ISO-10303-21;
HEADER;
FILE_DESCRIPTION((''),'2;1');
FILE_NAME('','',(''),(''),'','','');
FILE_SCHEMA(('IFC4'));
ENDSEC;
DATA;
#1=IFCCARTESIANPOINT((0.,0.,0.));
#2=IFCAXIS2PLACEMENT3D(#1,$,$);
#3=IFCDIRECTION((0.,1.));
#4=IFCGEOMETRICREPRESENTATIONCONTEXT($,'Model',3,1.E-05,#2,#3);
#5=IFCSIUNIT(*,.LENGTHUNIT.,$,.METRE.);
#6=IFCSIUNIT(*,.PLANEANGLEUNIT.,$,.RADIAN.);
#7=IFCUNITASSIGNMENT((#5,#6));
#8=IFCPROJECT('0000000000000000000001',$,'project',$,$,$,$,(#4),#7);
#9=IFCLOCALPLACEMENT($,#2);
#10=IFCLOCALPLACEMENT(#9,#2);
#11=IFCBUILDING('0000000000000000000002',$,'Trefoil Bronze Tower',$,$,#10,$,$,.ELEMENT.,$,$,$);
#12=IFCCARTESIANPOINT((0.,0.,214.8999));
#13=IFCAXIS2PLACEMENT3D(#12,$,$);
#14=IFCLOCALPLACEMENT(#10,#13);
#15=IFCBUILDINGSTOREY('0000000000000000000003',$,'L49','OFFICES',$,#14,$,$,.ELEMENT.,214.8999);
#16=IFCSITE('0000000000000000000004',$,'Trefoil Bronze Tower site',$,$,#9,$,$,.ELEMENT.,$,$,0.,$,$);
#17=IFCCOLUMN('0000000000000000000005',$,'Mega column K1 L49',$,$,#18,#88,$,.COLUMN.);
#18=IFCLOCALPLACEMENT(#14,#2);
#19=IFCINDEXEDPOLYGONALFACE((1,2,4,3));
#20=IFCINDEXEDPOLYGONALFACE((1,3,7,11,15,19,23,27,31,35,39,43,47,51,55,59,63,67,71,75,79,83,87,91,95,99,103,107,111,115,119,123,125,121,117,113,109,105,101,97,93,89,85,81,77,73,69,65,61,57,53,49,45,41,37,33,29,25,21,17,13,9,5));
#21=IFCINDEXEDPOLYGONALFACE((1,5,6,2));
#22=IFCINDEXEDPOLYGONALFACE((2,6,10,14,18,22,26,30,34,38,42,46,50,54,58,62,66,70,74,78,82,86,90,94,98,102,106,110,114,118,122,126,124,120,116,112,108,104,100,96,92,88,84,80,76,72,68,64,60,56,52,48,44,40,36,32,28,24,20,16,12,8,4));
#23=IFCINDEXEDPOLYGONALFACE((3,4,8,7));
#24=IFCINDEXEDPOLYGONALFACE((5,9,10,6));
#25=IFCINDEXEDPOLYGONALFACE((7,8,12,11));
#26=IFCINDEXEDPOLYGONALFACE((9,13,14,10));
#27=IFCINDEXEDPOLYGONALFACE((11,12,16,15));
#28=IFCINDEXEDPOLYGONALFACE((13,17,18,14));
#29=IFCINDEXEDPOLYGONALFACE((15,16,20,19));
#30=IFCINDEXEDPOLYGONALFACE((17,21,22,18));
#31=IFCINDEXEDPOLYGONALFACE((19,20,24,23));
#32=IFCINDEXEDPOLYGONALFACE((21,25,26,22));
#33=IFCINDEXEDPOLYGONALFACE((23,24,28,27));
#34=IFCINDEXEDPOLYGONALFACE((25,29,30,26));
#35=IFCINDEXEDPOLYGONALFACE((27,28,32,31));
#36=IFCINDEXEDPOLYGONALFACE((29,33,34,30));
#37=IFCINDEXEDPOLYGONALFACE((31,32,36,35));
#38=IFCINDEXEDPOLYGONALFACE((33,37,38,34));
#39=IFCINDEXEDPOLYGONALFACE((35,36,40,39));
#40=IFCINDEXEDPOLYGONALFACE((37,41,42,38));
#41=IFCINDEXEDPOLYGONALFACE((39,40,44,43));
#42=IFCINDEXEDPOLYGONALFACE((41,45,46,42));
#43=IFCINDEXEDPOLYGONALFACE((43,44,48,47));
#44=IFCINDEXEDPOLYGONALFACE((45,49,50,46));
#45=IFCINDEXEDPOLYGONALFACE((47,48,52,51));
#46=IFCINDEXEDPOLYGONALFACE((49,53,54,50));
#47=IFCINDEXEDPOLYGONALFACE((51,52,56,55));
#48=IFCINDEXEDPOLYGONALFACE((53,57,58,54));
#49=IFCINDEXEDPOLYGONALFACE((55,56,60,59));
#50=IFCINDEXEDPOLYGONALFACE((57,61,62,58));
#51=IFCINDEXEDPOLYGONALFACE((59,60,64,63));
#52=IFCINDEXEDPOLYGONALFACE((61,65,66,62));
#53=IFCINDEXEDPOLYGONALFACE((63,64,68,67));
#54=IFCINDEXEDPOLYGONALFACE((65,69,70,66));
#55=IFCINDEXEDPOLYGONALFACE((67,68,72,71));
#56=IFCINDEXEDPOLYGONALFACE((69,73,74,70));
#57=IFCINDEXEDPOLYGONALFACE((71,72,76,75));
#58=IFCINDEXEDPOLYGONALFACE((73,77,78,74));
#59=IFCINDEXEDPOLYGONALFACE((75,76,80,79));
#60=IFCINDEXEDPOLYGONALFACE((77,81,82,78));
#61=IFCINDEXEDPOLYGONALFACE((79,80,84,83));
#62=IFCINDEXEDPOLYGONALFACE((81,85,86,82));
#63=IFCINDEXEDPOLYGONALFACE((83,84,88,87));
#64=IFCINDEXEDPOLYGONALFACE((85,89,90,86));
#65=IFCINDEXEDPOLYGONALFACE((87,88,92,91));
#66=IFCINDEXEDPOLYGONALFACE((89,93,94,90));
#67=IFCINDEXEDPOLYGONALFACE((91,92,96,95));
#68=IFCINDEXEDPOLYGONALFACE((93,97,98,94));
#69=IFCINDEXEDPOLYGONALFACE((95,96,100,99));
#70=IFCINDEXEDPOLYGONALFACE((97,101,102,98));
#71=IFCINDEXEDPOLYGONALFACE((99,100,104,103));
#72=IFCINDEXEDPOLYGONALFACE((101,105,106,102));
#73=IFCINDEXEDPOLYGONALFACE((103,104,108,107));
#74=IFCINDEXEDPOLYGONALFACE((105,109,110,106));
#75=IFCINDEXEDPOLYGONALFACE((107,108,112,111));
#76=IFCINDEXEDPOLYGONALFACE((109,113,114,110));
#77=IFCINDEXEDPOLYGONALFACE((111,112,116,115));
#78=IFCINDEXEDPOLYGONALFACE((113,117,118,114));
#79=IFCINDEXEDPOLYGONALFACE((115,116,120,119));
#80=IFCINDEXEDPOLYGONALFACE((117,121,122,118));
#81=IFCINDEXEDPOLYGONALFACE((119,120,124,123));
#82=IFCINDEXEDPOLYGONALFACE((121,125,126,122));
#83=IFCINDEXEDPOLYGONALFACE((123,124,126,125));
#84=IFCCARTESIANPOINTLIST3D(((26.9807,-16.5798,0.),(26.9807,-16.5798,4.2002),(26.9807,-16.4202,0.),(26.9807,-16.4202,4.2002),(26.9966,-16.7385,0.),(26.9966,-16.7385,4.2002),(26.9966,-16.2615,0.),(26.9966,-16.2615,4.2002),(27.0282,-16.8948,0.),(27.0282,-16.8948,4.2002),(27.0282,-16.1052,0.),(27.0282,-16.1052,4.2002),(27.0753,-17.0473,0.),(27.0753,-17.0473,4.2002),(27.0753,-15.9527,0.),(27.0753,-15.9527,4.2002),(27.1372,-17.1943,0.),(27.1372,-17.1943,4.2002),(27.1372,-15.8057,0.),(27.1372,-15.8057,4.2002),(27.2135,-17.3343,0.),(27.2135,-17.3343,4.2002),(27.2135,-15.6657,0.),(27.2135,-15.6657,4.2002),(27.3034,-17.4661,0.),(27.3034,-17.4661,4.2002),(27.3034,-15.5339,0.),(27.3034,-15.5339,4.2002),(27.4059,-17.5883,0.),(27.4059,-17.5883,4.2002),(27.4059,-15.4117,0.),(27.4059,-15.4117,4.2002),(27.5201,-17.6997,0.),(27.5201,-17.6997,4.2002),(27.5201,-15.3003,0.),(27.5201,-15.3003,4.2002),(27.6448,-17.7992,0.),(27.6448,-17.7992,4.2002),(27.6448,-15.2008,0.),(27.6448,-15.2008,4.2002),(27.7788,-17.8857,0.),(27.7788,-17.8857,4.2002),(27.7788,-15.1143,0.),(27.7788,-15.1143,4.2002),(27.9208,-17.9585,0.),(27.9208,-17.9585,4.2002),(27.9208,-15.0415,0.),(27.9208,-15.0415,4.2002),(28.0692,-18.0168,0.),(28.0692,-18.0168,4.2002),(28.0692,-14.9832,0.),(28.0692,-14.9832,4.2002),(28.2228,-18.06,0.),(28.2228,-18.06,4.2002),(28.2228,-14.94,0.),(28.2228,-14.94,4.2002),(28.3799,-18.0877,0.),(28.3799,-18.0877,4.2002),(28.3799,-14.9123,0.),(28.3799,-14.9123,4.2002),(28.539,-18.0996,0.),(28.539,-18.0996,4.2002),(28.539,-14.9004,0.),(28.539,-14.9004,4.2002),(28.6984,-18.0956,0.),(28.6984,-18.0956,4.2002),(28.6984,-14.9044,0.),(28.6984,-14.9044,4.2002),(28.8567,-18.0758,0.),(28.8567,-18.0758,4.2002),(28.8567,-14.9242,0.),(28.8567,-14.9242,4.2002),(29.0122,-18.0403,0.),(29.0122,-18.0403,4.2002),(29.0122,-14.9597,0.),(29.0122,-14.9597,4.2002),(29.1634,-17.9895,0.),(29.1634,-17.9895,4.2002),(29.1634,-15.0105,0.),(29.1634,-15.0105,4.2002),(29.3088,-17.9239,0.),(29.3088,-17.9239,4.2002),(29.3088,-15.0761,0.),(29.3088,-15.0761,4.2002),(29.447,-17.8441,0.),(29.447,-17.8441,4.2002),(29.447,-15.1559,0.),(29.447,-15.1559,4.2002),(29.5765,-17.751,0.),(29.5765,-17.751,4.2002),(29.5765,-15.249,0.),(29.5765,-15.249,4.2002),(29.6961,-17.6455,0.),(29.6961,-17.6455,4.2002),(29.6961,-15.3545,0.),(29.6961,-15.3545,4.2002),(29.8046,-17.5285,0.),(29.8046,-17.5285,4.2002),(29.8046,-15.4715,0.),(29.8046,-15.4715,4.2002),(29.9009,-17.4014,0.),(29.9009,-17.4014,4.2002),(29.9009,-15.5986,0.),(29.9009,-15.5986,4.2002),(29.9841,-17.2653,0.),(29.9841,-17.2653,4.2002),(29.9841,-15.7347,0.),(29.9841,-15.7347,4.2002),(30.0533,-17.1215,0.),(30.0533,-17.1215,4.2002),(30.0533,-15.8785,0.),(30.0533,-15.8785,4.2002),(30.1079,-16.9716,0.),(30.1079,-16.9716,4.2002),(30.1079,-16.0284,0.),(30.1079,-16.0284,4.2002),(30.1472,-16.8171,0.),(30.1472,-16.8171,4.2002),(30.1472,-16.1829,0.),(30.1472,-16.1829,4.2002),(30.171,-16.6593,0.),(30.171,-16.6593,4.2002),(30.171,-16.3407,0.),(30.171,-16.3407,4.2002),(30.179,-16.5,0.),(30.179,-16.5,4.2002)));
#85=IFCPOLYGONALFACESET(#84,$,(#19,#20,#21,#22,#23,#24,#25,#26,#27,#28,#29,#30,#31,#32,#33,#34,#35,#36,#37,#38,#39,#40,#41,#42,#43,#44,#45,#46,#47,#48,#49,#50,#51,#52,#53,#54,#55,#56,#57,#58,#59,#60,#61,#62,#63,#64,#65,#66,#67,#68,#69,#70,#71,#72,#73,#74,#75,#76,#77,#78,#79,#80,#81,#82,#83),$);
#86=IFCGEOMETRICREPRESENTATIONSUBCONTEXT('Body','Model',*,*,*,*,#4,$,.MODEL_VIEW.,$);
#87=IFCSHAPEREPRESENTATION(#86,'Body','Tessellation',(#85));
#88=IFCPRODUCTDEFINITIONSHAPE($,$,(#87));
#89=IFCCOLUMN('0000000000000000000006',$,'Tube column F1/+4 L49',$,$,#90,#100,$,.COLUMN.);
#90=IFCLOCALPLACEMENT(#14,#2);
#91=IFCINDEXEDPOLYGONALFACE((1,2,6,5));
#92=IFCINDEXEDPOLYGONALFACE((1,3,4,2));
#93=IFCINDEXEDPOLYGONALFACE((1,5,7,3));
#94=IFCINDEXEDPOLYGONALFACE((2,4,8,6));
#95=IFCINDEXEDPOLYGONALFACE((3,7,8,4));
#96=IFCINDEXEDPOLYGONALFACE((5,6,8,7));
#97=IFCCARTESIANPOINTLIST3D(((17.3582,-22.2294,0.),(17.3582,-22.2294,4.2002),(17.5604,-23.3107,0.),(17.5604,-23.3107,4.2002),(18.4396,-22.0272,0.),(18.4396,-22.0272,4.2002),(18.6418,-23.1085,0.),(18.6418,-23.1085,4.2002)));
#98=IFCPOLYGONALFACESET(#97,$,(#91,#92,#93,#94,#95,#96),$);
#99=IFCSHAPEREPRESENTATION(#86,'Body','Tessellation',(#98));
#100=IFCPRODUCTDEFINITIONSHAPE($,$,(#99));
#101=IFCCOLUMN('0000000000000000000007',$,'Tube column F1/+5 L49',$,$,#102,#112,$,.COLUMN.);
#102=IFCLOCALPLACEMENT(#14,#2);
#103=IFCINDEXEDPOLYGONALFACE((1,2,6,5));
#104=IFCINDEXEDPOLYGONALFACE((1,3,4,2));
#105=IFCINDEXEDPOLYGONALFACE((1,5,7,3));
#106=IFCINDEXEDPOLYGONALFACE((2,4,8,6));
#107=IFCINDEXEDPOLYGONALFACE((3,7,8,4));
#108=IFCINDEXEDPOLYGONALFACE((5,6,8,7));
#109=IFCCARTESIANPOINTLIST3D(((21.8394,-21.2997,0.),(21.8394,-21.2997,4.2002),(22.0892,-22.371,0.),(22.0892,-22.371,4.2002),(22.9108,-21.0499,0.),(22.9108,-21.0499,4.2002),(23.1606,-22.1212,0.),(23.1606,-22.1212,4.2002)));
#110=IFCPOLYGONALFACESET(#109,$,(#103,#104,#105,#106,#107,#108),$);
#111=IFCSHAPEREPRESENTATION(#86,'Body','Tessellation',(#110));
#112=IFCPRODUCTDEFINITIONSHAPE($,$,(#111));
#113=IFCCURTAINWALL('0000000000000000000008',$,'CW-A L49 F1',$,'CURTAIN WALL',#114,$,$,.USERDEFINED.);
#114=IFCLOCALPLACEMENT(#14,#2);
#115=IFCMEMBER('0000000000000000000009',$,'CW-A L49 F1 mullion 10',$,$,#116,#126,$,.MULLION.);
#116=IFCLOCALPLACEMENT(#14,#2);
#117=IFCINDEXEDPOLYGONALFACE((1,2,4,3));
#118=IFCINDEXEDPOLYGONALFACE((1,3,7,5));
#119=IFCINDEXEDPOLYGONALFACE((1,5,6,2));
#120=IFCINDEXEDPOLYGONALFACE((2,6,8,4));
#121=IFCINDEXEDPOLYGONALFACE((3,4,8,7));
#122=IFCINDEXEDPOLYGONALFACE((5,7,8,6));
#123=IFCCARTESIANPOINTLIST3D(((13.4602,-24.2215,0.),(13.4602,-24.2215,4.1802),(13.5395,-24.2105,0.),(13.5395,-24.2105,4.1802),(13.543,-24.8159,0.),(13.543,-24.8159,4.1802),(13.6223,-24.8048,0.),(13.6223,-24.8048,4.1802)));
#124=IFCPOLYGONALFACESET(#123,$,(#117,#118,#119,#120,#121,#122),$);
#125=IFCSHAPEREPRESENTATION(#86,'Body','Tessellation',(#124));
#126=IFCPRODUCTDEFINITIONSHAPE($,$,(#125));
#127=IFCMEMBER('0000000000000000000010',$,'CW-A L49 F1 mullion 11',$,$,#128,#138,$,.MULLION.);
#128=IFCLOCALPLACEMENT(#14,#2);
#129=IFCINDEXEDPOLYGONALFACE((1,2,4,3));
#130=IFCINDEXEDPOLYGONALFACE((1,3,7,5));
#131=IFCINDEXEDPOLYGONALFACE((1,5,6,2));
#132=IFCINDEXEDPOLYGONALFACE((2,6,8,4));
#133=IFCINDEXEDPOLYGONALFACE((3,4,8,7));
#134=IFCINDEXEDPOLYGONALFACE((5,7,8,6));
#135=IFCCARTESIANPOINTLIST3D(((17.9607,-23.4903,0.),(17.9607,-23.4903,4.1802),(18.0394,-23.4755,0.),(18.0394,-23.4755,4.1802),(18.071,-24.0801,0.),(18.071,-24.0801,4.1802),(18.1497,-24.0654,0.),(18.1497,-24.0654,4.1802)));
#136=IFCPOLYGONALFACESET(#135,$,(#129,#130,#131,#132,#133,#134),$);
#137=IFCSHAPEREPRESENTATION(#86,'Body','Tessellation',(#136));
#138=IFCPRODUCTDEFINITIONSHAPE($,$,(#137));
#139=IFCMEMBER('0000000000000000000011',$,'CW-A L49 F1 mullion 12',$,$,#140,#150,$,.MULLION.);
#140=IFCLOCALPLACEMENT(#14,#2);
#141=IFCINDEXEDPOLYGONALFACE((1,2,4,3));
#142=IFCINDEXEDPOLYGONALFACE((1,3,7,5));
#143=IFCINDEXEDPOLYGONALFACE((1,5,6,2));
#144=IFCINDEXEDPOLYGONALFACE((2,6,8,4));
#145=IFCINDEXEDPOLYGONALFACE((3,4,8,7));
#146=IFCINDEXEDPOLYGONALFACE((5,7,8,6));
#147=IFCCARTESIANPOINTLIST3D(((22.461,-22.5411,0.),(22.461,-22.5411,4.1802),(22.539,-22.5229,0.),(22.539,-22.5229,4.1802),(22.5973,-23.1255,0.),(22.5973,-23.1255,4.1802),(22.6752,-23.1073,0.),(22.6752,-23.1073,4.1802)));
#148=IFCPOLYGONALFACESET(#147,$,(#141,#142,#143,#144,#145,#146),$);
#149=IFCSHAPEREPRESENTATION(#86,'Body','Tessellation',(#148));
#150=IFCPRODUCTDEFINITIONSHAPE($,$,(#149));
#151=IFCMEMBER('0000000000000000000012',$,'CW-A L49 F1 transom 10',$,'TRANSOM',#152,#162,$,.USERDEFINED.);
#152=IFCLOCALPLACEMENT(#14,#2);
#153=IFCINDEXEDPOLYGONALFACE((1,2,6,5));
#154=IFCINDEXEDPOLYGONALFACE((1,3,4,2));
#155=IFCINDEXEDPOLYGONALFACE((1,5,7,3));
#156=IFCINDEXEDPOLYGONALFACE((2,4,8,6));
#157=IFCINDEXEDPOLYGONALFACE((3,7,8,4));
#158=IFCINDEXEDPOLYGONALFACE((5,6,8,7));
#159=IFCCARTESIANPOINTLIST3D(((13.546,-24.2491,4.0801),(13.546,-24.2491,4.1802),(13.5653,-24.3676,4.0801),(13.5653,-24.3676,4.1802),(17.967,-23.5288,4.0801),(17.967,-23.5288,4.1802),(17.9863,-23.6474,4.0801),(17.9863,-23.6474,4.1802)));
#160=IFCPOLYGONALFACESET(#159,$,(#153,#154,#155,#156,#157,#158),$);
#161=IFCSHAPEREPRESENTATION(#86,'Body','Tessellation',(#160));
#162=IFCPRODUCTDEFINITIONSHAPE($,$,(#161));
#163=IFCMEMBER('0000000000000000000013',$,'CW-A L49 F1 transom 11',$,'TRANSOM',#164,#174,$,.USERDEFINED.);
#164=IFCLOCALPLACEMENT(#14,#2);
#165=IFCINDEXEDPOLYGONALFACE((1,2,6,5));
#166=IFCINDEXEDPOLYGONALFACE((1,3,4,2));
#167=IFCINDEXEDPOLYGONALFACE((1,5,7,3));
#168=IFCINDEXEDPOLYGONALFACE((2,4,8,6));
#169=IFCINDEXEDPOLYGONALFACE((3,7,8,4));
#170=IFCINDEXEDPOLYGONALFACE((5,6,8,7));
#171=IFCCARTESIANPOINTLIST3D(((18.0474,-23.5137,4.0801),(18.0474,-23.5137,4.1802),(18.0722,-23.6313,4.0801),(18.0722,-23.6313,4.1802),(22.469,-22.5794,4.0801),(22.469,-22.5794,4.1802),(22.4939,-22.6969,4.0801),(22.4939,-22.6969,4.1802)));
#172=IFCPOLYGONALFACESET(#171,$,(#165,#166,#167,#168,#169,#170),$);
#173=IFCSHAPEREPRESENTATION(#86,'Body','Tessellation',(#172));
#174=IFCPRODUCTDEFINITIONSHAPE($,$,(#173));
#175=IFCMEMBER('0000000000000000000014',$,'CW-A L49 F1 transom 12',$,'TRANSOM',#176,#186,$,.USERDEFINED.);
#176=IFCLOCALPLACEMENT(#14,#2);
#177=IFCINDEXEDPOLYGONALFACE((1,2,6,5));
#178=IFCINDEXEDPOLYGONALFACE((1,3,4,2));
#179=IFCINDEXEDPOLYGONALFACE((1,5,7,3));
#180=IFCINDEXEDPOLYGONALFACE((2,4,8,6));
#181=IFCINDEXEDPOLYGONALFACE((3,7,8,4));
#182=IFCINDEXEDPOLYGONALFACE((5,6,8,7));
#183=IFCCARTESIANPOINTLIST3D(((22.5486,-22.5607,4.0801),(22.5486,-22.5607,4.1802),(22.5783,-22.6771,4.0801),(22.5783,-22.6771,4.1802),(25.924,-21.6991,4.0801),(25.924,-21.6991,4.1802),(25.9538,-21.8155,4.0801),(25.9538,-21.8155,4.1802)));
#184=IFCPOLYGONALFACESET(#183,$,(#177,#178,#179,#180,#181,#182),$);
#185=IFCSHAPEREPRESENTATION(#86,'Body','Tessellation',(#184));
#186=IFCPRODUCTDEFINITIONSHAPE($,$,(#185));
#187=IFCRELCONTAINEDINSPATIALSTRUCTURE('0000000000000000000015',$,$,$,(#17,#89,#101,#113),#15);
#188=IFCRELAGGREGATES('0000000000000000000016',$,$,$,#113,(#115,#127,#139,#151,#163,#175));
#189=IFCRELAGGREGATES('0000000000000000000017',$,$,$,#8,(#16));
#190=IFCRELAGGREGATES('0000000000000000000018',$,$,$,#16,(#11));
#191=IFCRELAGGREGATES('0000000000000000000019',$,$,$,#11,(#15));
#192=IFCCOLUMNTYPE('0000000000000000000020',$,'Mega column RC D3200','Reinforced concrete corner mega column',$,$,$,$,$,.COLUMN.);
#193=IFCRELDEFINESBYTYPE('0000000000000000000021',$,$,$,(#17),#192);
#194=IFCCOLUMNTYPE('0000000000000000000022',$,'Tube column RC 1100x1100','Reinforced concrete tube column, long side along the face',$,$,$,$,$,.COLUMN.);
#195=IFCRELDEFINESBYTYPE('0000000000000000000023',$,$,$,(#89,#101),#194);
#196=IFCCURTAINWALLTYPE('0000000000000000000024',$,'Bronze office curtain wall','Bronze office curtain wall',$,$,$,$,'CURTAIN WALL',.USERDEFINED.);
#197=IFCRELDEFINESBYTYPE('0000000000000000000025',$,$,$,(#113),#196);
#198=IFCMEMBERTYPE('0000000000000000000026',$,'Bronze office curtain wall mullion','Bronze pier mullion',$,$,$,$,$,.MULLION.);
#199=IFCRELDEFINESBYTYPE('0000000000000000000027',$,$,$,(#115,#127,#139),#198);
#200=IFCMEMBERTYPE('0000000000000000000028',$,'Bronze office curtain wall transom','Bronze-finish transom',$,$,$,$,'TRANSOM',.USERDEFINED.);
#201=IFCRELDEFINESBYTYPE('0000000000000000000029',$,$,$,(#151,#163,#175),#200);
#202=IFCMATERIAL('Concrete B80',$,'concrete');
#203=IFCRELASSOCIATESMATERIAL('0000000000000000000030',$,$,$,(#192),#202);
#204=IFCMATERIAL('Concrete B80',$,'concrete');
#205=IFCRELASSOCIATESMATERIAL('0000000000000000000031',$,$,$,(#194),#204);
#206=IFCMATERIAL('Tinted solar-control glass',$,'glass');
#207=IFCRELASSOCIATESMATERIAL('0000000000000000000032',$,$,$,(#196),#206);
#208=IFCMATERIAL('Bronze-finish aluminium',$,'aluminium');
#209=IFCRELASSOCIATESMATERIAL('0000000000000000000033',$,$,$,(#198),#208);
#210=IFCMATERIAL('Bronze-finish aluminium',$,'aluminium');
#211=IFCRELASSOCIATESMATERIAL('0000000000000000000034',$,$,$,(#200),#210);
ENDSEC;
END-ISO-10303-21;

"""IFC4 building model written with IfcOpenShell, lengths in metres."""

from ifc_helpers import new_model, si_unit, direction, frame, origin, origin_2d, place, context, subcontext, project, spatial, rectangle, circle, extrude, material, material_profile, profile_set, type_object, element, aggregate, save


model = new_model("IFC4")

# Units and contexts
model_context = context("Model", 3, precision=1e-05, world=origin(), true_north=direction((0.0, 1.0)))
body_context = subcontext(model_context, "Body", "Model", "MODEL_VIEW")
ifc_project = project(units=[si_unit("LENGTHUNIT", "METRE"), si_unit("PLANEANGLEUNIT", "RADIAN")], contexts=[model_context])

# Site, building, storey
site_placement = place(None, origin())
site = spatial("IfcSite", under=ifc_project, at=site_placement, Name="Trefoil Bronze Tower site", CompositionType="ELEMENT", RefElevation=0.0)
building_placement = place(site_placement, origin())
building = spatial("IfcBuilding", under=site, at=building_placement, Name="Trefoil Bronze Tower", CompositionType="ELEMENT")
storey_placement = place(building_placement, frame((0.0, 0.0, 214.8999)))
storey = spatial("IfcBuildingStorey", under=building, at=storey_placement, Name="L49", Description="OFFICES", CompositionType="ELEMENT", Elevation=214.8999)

# Columns
ifc_material_1 = material(Name="Concrete B80", Category="concrete")
ifc_material_profile_1 = material_profile(ifc_material_1, circle(Radius=1.6001, at=origin_2d()), Name="RC D3200")
ifc_profile_set_1 = profile_set([ifc_material_profile_1], Name="Concrete B80")
column_type_1 = type_object("IfcColumnType", Name="Mega column RC D3200", Description="Reinforced concrete corner mega column", PredefinedType="COLUMN", material=ifc_profile_set_1)
column_placement = place(storey_placement, frame((28.5789, -16.5, 0.0), z_axis=(0.0, 0.0, 1.0), x_axis=(1.0, 0.0, 0.0)))
element("IfcColumn", 1, at=column_placement, inside=storey, type_object=column_type_1, Name="Mega column K1 L49", PredefinedType="COLUMN", context=body_context, shape_type="SweptSolid", body=[
    extrude(circle(Radius=1.6001, at=origin_2d()), origin(), (0.0, 0.0, 1.0), 4.2002),
])
ifc_material_2 = material(Name="Concrete B80", Category="concrete")
ifc_material_profile_2 = material_profile(ifc_material_2, rectangle(XDim=1.1001, YDim=1.1001, at=origin_2d()), Name="RC 1100x1100")
ifc_profile_set_2 = profile_set([ifc_material_profile_2], Name="Concrete B80")
column_type_2 = type_object("IfcColumnType", Name="Tube column RC 1100x1100", Description="Reinforced concrete tube column, long side along the face", PredefinedType="COLUMN", material=ifc_profile_set_2)
for number, where, z_axis, x_axis, name in (
    (2, (18.0, -22.6689, 0.0), (0.0, 0.0, 1.0), (0.982959, 0.183825, 0.0), "Tube column F1/+4 L49"),
    (3, (22.5, -21.7104, 0.0), (0.0, 0.0, 1.0), (0.973875, 0.227083, 0.0), "Tube column F1/+5 L49"),
):
    element("IfcColumn", number, at=place(storey_placement, frame(where, z_axis=z_axis, x_axis=x_axis)), inside=storey, type_object=column_type_2, Name=name, PredefinedType="COLUMN", context=body_context, shape_type="SweptSolid", body=[
        extrude(rectangle(XDim=1.1001, YDim=1.1001, at=origin_2d()), origin(), (0.0, 0.0, 1.0), 4.2002),
    ])

# Curtain wall, members
ifc_material_3 = material(Name="Tinted solar-control glass", Category="glass")
curtain_wall_type_1 = type_object("IfcCurtainWallType", Name="Bronze office curtain wall", Description="Bronze office curtain wall", ElementType="CURTAIN WALL", PredefinedType="USERDEFINED", material=ifc_material_3)
curtain_wall_1_placement = place(storey_placement, origin())
curtain_wall_1 = element("IfcCurtainWall", 4, at=curtain_wall_1_placement, inside=storey, type_object=curtain_wall_type_1, Name="CW-A L49 F1", ObjectType="CURTAIN WALL", PredefinedType="USERDEFINED")
ifc_material_4 = material(Name="Bronze-finish aluminium", Category="aluminium")
ifc_material_profile_3 = material_profile(ifc_material_4, rectangle(XDim=0.6001, YDim=0.0801, at=origin_2d()), Name="CW-A mullion")
ifc_profile_set_3 = profile_set([ifc_material_profile_3], Name="Bronze-finish aluminium")
member_type_1 = type_object("IfcMemberType", Name="Bronze office curtain wall mullion", Description="Bronze pier mullion", PredefinedType="MULLION", material=ifc_profile_set_3)
member_1_placement = place(storey_placement, frame((13.5413, -24.5132, 0.0), z_axis=(0.0, 0.0, 1.0), x_axis=(-0.137868, 0.990451, 0.0)))
member_1 = element("IfcMember", 5, at=member_1_placement, type_object=member_type_1, Name="CW-A L49 F1 mullion 10", PredefinedType="MULLION", context=body_context, shape_type="SweptSolid", body=[
    extrude(rectangle(XDim=0.6001, YDim=0.0801, at=origin_2d()), origin(), (0.0, 0.0, 1.0), 4.1802),
])
member_2_placement = place(storey_placement, frame((18.0552, -23.7778, 0.0), z_axis=(0.0, 0.0, 1.0), x_axis=(-0.183825, 0.982959, 0.0)))
member_2 = element("IfcMember", 6, at=member_2_placement, type_object=member_type_1, Name="CW-A L49 F1 mullion 11", PredefinedType="MULLION", context=body_context, shape_type="SweptSolid", body=[
    extrude(rectangle(XDim=0.6001, YDim=0.0801, at=origin_2d()), origin(), (0.0, 0.0, 1.0), 4.1802),
])
member_3_placement = place(storey_placement, frame((22.5681, -22.8242, 0.0), z_axis=(0.0, 0.0, 1.0), x_axis=(-0.227083, 0.973875, 0.0)))
member_3 = element("IfcMember", 7, at=member_3_placement, type_object=member_type_1, Name="CW-A L49 F1 mullion 12", PredefinedType="MULLION", context=body_context, shape_type="SweptSolid", body=[
    extrude(rectangle(XDim=0.6001, YDim=0.0801, at=origin_2d()), origin(), (0.0, 0.0, 1.0), 4.1802),
])
ifc_material_5 = material(Name="Bronze-finish aluminium", Category="aluminium")
ifc_material_profile_4 = material_profile(ifc_material_5, rectangle(XDim=0.1201, YDim=0.1001, at=origin_2d()), Name="CW-A transom")
ifc_profile_set_4 = profile_set([ifc_material_profile_4], Name="Bronze-finish aluminium")
member_type_2 = type_object("IfcMemberType", Name="Bronze office curtain wall transom", Description="Bronze-finish transom", ElementType="TRANSOM", PredefinedType="USERDEFINED", material=ifc_profile_set_4)
member_4_placement = place(storey_placement, frame((13.5557, -24.3083, 4.1301), z_axis=(0.986988, 0.160792, 0.0), x_axis=(-0.160792, 0.986988, 0.0)))
member_4 = element("IfcMember", 8, at=member_4_placement, type_object=member_type_2, Name="CW-A L49 F1 transom 10", ObjectType="TRANSOM", PredefinedType="USERDEFINED", context=body_context, shape_type="SweptSolid", body=[
    extrude(rectangle(XDim=0.1201, YDim=0.1001, at=origin_2d()), origin(), (0.0, 0.0, 1.0), 4.4792),
])
member_5_placement = place(storey_placement, frame((18.0598, -23.5725, 4.1301), z_axis=(0.978395, 0.206743, 0.0), x_axis=(-0.206743, 0.978395, 0.0)))
member_5 = element("IfcMember", 9, at=member_5_placement, type_object=member_type_2, Name="CW-A L49 F1 transom 11", ObjectType="TRANSOM", PredefinedType="USERDEFINED", context=body_context, shape_type="SweptSolid", body=[
    extrude(rectangle(XDim=0.1201, YDim=0.1001, at=origin_2d()), origin(), (0.0, 0.0, 1.0), 4.5193),
])
member_6_placement = place(storey_placement, frame((22.5635, -22.6189, 4.1301), z_axis=(0.968935, 0.247315, 0.0), x_axis=(-0.247315, 0.968935, 0.0)))
member_6 = element("IfcMember", 10, at=member_6_placement, type_object=member_type_2, Name="CW-A L49 F1 transom 12", ObjectType="TRANSOM", PredefinedType="USERDEFINED", context=body_context, shape_type="SweptSolid", body=[
    extrude(rectangle(XDim=0.1201, YDim=0.1001, at=origin_2d()), origin(), (0.0, 0.0, 1.0), 3.4836),
])

aggregate(curtain_wall_1, [member_1, member_2, member_3, member_4, member_5, member_6])

save(model, "model.ifc")
